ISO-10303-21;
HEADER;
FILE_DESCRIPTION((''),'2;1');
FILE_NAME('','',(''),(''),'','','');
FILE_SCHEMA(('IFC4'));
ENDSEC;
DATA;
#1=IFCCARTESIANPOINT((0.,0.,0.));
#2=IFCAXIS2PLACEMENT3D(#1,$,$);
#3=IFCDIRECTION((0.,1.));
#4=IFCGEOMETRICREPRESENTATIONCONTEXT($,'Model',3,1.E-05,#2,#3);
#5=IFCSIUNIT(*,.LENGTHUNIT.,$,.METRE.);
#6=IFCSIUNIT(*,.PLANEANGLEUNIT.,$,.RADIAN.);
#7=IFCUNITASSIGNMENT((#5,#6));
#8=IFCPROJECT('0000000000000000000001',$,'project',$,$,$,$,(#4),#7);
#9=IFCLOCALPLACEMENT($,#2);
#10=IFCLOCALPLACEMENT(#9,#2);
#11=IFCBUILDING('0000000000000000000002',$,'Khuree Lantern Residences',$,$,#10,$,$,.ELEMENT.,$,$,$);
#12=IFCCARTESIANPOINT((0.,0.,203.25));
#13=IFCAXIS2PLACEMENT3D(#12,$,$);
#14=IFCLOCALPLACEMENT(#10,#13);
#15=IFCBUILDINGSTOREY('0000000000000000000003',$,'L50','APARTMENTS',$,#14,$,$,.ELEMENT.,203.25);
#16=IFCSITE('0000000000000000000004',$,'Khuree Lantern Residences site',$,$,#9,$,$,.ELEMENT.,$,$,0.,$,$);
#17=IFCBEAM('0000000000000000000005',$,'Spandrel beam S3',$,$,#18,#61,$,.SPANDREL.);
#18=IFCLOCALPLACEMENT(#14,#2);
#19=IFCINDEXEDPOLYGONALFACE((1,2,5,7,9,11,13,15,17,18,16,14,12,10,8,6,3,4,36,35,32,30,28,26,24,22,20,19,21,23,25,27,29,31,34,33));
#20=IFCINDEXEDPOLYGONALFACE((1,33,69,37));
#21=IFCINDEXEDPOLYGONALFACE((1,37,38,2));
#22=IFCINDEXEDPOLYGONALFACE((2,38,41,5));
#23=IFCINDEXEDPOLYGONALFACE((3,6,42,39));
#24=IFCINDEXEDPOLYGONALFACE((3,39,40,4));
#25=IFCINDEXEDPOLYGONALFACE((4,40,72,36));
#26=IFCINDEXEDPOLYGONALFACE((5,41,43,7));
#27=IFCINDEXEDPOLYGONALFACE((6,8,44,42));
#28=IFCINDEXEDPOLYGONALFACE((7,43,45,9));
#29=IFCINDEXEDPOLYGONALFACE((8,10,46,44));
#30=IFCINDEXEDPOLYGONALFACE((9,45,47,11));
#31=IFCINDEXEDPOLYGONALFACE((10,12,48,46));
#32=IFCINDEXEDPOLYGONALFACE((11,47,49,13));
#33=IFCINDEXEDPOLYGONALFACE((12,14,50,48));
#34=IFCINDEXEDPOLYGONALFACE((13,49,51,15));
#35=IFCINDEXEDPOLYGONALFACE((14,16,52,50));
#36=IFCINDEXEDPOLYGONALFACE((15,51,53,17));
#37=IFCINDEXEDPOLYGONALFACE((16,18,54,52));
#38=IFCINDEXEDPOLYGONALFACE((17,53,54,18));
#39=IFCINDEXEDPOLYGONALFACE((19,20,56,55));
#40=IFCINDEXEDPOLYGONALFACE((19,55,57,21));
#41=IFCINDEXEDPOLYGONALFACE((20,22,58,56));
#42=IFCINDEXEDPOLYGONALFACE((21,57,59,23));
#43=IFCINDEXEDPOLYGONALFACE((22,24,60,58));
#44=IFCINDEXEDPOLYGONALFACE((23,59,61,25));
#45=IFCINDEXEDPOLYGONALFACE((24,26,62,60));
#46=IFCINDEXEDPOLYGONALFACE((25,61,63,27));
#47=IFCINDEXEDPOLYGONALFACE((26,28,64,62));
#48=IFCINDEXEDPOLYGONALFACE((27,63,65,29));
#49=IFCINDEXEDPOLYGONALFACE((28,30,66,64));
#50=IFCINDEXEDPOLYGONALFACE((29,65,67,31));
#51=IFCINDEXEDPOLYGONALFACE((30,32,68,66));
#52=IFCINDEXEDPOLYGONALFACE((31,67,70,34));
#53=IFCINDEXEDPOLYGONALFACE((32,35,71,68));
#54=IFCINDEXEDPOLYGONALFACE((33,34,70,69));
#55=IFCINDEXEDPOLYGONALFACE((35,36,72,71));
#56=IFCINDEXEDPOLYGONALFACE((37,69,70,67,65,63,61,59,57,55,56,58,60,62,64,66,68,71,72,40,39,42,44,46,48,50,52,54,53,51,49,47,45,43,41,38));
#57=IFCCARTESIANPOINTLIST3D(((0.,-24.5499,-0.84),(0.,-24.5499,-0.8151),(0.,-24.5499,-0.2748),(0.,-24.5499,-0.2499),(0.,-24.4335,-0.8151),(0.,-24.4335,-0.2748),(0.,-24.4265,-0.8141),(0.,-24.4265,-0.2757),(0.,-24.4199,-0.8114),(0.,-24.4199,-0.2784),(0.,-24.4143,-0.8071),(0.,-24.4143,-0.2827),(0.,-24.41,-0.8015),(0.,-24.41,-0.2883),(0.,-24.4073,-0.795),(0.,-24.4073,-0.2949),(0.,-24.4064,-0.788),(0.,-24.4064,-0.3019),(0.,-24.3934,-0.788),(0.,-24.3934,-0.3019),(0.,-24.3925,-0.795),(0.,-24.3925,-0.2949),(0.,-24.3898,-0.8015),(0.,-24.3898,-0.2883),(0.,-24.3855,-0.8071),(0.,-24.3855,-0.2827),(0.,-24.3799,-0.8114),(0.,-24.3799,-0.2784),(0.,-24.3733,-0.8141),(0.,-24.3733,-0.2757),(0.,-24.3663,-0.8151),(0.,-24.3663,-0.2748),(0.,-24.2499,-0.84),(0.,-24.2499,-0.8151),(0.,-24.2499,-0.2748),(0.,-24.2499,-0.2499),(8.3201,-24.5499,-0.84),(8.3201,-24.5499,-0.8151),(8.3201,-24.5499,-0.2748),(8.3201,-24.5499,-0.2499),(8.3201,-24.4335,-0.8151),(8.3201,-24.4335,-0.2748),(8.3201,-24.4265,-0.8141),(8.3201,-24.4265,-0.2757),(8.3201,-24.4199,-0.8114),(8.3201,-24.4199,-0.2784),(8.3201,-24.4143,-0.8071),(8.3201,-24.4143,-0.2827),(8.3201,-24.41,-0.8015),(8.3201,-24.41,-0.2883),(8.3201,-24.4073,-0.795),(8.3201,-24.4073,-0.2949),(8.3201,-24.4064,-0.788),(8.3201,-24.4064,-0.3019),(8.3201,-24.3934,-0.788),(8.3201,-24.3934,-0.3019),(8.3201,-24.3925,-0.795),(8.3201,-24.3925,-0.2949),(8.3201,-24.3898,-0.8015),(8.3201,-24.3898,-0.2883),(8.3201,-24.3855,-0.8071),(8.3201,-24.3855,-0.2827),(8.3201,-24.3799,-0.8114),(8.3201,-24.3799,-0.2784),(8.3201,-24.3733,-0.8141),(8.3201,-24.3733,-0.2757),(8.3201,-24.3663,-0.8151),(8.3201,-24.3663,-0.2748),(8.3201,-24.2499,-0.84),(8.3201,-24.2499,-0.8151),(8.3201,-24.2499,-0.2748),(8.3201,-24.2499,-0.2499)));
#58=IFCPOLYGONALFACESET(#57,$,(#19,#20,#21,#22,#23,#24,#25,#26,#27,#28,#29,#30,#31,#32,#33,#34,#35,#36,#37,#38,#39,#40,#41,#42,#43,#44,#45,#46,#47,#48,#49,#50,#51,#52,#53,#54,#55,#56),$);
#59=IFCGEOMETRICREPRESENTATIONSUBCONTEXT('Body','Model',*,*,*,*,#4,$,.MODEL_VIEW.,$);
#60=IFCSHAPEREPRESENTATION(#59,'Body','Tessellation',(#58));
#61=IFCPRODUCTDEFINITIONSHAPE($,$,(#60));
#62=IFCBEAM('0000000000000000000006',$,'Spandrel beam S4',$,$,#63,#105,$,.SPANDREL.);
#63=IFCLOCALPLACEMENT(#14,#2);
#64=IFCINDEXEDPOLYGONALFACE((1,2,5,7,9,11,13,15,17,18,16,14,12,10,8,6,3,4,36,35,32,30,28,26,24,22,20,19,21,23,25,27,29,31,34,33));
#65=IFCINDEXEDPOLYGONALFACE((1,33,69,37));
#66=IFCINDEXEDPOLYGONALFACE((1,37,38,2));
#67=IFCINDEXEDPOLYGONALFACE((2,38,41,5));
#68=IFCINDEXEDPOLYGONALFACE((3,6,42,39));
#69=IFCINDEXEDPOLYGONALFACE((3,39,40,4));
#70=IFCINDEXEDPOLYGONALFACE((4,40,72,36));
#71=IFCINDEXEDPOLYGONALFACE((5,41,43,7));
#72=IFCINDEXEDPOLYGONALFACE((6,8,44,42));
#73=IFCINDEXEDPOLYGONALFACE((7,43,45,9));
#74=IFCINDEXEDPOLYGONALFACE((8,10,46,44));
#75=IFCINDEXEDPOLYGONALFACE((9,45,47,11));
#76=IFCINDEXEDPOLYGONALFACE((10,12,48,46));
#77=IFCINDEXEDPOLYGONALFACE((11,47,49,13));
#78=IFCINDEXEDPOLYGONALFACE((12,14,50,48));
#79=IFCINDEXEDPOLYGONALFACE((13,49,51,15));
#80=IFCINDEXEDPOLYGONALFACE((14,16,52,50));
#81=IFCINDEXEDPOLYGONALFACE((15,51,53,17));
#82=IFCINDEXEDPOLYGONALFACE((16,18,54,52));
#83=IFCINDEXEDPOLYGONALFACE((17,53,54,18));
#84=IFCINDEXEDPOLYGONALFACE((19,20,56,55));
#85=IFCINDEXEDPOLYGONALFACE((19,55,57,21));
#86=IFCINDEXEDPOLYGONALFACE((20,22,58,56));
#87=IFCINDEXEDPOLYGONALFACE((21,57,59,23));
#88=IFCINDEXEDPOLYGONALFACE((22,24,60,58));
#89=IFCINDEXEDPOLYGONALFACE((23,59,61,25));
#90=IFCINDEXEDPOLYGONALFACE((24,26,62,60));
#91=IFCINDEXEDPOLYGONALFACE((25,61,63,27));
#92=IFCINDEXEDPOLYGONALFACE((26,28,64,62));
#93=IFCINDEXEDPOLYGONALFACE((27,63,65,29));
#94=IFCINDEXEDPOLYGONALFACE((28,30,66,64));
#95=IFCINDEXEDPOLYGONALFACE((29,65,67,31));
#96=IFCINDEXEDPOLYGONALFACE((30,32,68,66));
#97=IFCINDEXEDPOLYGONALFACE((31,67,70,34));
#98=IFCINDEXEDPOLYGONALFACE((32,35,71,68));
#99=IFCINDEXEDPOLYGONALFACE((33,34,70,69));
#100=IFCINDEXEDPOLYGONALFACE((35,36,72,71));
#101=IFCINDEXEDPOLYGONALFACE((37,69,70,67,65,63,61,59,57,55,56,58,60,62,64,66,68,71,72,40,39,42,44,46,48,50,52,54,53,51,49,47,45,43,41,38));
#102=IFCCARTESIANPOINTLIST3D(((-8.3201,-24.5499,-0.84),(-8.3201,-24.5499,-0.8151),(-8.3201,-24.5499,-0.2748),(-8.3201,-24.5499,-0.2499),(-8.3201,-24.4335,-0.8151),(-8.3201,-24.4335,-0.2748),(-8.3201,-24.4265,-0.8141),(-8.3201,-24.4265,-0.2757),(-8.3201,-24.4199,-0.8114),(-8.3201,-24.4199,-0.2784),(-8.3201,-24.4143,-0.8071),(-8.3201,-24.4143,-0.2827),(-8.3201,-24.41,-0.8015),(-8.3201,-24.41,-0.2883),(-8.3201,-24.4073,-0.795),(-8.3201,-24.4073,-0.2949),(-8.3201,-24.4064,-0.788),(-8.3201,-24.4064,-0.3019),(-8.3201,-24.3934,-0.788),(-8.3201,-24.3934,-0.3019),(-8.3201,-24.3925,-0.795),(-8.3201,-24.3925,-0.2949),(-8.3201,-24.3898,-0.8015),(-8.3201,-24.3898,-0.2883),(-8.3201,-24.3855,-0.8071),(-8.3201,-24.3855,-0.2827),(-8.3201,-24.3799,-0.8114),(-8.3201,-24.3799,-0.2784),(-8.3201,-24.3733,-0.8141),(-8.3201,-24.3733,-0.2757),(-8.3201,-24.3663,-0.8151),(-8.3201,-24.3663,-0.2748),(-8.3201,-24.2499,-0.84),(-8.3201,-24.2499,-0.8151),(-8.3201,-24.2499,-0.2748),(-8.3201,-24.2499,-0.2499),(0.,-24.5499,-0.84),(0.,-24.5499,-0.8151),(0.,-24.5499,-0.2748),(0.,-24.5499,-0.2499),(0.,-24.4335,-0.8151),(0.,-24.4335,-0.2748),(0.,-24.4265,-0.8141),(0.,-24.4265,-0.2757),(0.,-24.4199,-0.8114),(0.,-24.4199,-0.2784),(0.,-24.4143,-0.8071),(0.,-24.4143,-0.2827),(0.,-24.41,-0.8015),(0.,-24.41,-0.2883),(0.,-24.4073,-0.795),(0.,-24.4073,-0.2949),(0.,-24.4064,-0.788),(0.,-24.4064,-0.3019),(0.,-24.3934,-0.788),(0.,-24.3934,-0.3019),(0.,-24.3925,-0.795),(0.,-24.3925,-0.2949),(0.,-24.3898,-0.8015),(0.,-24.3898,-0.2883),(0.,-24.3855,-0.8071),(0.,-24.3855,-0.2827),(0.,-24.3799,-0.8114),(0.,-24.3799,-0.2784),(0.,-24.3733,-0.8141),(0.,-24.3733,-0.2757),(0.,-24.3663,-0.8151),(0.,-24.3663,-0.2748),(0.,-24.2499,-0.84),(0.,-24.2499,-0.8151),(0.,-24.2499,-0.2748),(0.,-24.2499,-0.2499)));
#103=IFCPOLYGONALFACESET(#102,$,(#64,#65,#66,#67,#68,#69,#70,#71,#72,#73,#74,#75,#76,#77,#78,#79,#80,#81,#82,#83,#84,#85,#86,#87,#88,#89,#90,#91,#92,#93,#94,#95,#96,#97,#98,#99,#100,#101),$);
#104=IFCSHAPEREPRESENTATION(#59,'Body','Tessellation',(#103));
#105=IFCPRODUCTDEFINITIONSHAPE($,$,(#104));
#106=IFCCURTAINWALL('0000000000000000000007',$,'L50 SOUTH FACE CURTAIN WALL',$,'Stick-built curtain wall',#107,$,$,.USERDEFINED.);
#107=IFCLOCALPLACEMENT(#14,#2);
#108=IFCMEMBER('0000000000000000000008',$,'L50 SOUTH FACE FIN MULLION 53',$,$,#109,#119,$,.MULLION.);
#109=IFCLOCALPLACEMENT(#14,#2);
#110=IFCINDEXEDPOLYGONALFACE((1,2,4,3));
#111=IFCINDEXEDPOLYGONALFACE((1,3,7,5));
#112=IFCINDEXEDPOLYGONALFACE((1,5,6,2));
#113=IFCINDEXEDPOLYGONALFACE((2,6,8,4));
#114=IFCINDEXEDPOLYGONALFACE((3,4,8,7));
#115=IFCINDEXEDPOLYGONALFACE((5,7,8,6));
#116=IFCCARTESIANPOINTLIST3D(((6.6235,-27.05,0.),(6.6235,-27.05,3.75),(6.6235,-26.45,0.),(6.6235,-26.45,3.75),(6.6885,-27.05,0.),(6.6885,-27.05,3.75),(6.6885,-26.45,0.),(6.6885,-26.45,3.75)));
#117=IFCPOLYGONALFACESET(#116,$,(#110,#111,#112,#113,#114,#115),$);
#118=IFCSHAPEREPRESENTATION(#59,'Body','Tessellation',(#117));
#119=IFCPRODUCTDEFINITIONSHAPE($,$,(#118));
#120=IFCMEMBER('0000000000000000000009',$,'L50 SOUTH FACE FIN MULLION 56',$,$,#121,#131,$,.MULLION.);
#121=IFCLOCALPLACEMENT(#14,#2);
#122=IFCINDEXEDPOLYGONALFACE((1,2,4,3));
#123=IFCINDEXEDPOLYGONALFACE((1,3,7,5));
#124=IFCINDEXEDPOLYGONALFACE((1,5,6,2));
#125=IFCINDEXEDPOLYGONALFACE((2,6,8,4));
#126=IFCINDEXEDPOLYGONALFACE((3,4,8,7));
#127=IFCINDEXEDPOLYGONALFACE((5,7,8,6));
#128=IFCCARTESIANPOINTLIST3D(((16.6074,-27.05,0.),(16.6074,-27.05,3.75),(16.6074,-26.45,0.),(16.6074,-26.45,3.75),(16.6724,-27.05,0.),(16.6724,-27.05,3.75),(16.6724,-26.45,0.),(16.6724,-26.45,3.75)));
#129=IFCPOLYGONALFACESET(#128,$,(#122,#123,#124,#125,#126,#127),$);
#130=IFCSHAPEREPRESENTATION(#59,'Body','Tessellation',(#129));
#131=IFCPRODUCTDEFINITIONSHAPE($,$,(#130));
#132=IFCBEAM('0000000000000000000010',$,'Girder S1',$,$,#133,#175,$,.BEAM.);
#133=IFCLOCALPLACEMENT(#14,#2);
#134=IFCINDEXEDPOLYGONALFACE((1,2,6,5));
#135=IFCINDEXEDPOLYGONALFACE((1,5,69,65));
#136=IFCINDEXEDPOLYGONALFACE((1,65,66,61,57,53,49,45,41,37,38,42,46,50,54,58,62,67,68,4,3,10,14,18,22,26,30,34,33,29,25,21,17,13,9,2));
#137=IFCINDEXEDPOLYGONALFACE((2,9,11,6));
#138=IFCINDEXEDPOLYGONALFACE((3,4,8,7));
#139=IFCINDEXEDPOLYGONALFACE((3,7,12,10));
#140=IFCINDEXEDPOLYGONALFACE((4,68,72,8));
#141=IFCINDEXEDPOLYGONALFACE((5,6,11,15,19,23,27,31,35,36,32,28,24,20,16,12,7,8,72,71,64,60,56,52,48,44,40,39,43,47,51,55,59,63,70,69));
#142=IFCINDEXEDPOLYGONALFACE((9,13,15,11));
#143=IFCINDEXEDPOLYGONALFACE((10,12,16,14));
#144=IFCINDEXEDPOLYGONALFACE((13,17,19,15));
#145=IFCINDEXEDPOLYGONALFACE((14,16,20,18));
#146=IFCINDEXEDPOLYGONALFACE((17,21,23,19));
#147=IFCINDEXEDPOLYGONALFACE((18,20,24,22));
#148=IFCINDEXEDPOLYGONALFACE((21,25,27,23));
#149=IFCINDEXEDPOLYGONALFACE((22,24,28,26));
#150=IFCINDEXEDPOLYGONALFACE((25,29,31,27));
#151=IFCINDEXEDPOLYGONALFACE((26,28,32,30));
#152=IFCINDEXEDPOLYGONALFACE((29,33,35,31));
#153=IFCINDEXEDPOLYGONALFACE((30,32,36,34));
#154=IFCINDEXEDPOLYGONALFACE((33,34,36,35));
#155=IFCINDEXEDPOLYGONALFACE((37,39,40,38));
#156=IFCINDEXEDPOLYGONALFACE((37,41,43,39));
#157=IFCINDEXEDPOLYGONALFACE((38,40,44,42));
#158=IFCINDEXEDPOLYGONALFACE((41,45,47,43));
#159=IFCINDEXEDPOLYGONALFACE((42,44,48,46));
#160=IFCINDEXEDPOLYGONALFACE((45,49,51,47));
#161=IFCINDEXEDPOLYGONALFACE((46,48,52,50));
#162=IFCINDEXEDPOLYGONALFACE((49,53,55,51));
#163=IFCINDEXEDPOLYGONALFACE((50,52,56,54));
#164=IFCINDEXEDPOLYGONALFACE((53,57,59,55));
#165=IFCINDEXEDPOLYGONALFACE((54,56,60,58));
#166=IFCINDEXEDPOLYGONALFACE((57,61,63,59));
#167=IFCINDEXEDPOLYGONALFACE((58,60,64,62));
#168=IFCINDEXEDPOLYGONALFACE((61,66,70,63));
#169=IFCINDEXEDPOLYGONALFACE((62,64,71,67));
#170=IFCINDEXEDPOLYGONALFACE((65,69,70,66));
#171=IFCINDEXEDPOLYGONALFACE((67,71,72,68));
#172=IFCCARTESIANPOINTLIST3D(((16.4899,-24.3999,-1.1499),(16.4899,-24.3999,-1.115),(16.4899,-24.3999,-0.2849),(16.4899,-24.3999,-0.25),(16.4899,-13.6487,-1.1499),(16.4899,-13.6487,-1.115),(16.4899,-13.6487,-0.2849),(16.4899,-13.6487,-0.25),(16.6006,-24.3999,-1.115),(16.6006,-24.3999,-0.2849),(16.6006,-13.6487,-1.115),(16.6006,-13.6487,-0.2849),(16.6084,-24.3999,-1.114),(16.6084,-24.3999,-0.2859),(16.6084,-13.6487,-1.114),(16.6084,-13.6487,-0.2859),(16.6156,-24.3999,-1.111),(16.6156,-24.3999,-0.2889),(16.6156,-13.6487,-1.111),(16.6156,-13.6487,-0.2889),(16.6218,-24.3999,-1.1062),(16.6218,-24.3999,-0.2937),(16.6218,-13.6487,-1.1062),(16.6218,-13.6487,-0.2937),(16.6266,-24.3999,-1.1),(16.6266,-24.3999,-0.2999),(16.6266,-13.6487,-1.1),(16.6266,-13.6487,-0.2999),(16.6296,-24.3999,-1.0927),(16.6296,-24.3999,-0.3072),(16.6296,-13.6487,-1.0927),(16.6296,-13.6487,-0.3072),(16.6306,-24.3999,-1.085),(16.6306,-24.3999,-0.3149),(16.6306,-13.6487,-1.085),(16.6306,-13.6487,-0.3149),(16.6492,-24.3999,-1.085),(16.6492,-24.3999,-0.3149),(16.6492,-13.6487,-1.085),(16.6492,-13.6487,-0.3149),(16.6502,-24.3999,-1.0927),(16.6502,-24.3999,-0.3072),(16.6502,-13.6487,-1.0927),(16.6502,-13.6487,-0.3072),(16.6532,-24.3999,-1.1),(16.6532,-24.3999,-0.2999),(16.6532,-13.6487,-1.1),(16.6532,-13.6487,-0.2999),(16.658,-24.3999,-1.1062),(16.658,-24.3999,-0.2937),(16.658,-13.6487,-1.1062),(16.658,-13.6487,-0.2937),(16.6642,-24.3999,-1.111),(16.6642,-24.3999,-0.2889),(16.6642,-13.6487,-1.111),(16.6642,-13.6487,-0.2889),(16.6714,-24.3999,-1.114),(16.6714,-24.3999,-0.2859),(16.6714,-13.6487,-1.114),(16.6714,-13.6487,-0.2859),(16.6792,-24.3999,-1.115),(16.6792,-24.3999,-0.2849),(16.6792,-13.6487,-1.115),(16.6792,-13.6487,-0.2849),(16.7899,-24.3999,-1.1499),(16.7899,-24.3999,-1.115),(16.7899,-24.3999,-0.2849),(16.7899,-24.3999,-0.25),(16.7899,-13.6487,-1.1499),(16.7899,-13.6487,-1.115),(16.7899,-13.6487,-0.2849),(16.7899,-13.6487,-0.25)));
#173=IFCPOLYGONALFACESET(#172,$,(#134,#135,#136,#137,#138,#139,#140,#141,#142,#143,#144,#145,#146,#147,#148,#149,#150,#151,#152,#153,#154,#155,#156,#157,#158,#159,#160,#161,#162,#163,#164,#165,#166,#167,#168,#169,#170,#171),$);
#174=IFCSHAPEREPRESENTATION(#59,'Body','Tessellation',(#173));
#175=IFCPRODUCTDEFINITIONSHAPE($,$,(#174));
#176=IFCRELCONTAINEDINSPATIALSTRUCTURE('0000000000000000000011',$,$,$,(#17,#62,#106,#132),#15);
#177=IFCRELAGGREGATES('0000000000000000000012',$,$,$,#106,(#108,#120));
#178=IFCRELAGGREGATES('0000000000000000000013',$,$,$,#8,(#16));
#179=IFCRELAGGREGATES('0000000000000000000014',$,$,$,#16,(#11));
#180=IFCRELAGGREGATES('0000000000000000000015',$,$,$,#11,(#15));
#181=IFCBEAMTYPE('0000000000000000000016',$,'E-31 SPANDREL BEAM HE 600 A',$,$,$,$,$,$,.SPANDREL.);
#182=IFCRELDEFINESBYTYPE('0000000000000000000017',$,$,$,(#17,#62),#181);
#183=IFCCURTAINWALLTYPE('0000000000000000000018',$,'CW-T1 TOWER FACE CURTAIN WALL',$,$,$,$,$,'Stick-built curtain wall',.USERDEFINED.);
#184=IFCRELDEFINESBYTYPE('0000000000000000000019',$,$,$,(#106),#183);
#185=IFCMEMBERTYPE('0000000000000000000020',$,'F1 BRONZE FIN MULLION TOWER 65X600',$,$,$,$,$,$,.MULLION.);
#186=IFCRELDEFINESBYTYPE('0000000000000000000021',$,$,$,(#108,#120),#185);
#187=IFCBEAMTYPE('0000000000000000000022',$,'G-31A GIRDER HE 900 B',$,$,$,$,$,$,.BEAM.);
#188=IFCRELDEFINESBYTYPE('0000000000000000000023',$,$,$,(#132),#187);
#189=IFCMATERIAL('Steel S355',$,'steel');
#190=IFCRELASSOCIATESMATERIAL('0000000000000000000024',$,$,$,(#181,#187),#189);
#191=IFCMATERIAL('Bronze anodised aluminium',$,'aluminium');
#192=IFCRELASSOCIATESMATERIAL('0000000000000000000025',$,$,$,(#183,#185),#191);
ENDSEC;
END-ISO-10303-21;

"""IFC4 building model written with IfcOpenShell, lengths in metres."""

from ifc_helpers import new_model, si_unit, direction, frame, origin, origin_2d, place, context, subcontext, project, spatial, rectangle, i_section, extrude, material, material_profile, profile_set, type_object, element, aggregate, save


model = new_model("IFC4")

# Units and contexts
model_context = context("Model", 3, precision=1e-05, world=origin(), true_north=direction((0.0, 1.0)))
body_context = subcontext(model_context, "Body", "Model", "MODEL_VIEW")
ifc_project = project(units=[si_unit("LENGTHUNIT", "METRE"), si_unit("PLANEANGLEUNIT", "RADIAN")], contexts=[model_context])

# Site, building, storey
site_placement = place(None, origin())
site = spatial("IfcSite", under=ifc_project, at=site_placement, Name="Khuree Lantern Residences site", CompositionType="ELEMENT", RefElevation=0.0)
building_placement = place(site_placement, origin())
building = spatial("IfcBuilding", under=site, at=building_placement, Name="Khuree Lantern Residences", CompositionType="ELEMENT")
storey_placement = place(building_placement, frame((0.0, 0.0, 203.25)))
storey = spatial("IfcBuildingStorey", under=building, at=storey_placement, Name="L50", Description="APARTMENTS", CompositionType="ELEMENT", Elevation=203.25)

# Beams
ifc_material_1 = material(Name="Steel S355", Category="steel")
ifc_material_profile_1 = material_profile(ifc_material_1, i_section(OverallWidth=0.3, OverallDepth=0.5901, WebThickness=0.0129, FlangeThickness=0.0249, FilletRadius=0.0271, at=origin_2d()), Name="HE 600 A")
ifc_profile_set_1 = profile_set([ifc_material_profile_1], Name="Steel S355")
beam_type_1 = type_object("IfcBeamType", Name="E-31 SPANDREL BEAM HE 600 A", PredefinedType="SPANDREL", material=ifc_profile_set_1)
for number, where, z_axis, x_axis, name in (
    (1, (8.3201, -24.3999, -0.5449), (-1.0, 0.0, 0.0), (0.0, -1.0, 0.0), "Spandrel beam S3"),
    (2, (0.0, -24.3999, -0.5449), (-1.0, 0.0, 0.0), (0.0, -1.0, 0.0), "Spandrel beam S4"),
):
    element("IfcBeam", number, at=place(storey_placement, frame(where, z_axis=z_axis, x_axis=x_axis)), inside=storey, type_object=beam_type_1, Name=name, PredefinedType="SPANDREL", context=body_context, shape_type="SweptSolid", body=[
        extrude(i_section(OverallWidth=0.3, OverallDepth=0.5901, WebThickness=0.0129, FlangeThickness=0.0249, FilletRadius=0.0271, at=origin_2d()), origin(), (0.0, 0.0, 1.0), 8.3201),
    ])

# Curtain wall, members
ifc_material_2 = material(Name="Bronze anodised aluminium", Category="aluminium")
curtain_wall_type = type_object("IfcCurtainWallType", Name="CW-T1 TOWER FACE CURTAIN WALL", ElementType="Stick-built curtain wall", PredefinedType="USERDEFINED", material=ifc_material_2)
curtain_wall_placement = place(storey_placement, origin())
curtain_wall = element("IfcCurtainWall", 3, at=curtain_wall_placement, inside=storey, type_object=curtain_wall_type, Name="L50 SOUTH FACE CURTAIN WALL", ObjectType="Stick-built curtain wall", PredefinedType="USERDEFINED")
ifc_material_profile_2 = material_profile(ifc_material_2, rectangle(XDim=0.0649, YDim=0.6001, at=origin_2d()), Name="F1 65X600")
ifc_profile_set_2 = profile_set([ifc_material_profile_2], Name="Bronze anodised aluminium")
member_type_1 = type_object("IfcMemberType", Name="F1 BRONZE FIN MULLION TOWER 65X600", PredefinedType="MULLION", material=ifc_profile_set_2)
member_1_placement = place(storey_placement, frame((6.656, -26.75, 0.0), z_axis=(0.0, 0.0, 1.0), x_axis=(1.0, 0.0, 0.0)))
member_1 = element("IfcMember", 4, at=member_1_placement, type_object=member_type_1, Name="L50 SOUTH FACE FIN MULLION 53", PredefinedType="MULLION", context=body_context, shape_type="SweptSolid", body=[
    extrude(rectangle(XDim=0.0649, YDim=0.6001, at=origin_2d()), origin(), (0.0, 0.0, 1.0), 3.75),
])
member_2_placement = place(storey_placement, frame((16.6399, -26.75, 0.0), z_axis=(0.0, 0.0, 1.0), x_axis=(1.0, 0.0, 0.0)))
member_2 = element("IfcMember", 5, at=member_2_placement, type_object=member_type_1, Name="L50 SOUTH FACE FIN MULLION 56", PredefinedType="MULLION", context=body_context, shape_type="SweptSolid", body=[
    extrude(rectangle(XDim=0.0649, YDim=0.6001, at=origin_2d()), origin(), (0.0, 0.0, 1.0), 3.75),
])

# Beam
ifc_material_profile_3 = material_profile(ifc_material_1, i_section(OverallWidth=0.3, OverallDepth=0.8999, WebThickness=0.0186, FlangeThickness=0.0349, FilletRadius=0.03, at=origin_2d()), Name="HE 900 B")
ifc_profile_set_3 = profile_set([ifc_material_profile_3], Name="Steel S355")
beam_type_2 = type_object("IfcBeamType", Name="G-31A GIRDER HE 900 B", PredefinedType="BEAM", material=ifc_profile_set_3)
beam_1_placement = place(storey_placement, frame((16.6399, -24.3999, -0.7), z_axis=(0.0, 1.0, 0.0), x_axis=(-1.0, 0.0, 0.0)))
element("IfcBeam", 6, at=beam_1_placement, inside=storey, type_object=beam_type_2, Name="Girder S1", PredefinedType="BEAM", context=body_context, shape_type="SweptSolid", body=[
    extrude(i_section(OverallWidth=0.3, OverallDepth=0.8999, WebThickness=0.0186, FlangeThickness=0.0349, FilletRadius=0.03, at=origin_2d()), origin(), (0.0, 0.0, 1.0), 10.7512),
])

aggregate(curtain_wall, [member_1, member_2])

save(model, "model.ifc")
